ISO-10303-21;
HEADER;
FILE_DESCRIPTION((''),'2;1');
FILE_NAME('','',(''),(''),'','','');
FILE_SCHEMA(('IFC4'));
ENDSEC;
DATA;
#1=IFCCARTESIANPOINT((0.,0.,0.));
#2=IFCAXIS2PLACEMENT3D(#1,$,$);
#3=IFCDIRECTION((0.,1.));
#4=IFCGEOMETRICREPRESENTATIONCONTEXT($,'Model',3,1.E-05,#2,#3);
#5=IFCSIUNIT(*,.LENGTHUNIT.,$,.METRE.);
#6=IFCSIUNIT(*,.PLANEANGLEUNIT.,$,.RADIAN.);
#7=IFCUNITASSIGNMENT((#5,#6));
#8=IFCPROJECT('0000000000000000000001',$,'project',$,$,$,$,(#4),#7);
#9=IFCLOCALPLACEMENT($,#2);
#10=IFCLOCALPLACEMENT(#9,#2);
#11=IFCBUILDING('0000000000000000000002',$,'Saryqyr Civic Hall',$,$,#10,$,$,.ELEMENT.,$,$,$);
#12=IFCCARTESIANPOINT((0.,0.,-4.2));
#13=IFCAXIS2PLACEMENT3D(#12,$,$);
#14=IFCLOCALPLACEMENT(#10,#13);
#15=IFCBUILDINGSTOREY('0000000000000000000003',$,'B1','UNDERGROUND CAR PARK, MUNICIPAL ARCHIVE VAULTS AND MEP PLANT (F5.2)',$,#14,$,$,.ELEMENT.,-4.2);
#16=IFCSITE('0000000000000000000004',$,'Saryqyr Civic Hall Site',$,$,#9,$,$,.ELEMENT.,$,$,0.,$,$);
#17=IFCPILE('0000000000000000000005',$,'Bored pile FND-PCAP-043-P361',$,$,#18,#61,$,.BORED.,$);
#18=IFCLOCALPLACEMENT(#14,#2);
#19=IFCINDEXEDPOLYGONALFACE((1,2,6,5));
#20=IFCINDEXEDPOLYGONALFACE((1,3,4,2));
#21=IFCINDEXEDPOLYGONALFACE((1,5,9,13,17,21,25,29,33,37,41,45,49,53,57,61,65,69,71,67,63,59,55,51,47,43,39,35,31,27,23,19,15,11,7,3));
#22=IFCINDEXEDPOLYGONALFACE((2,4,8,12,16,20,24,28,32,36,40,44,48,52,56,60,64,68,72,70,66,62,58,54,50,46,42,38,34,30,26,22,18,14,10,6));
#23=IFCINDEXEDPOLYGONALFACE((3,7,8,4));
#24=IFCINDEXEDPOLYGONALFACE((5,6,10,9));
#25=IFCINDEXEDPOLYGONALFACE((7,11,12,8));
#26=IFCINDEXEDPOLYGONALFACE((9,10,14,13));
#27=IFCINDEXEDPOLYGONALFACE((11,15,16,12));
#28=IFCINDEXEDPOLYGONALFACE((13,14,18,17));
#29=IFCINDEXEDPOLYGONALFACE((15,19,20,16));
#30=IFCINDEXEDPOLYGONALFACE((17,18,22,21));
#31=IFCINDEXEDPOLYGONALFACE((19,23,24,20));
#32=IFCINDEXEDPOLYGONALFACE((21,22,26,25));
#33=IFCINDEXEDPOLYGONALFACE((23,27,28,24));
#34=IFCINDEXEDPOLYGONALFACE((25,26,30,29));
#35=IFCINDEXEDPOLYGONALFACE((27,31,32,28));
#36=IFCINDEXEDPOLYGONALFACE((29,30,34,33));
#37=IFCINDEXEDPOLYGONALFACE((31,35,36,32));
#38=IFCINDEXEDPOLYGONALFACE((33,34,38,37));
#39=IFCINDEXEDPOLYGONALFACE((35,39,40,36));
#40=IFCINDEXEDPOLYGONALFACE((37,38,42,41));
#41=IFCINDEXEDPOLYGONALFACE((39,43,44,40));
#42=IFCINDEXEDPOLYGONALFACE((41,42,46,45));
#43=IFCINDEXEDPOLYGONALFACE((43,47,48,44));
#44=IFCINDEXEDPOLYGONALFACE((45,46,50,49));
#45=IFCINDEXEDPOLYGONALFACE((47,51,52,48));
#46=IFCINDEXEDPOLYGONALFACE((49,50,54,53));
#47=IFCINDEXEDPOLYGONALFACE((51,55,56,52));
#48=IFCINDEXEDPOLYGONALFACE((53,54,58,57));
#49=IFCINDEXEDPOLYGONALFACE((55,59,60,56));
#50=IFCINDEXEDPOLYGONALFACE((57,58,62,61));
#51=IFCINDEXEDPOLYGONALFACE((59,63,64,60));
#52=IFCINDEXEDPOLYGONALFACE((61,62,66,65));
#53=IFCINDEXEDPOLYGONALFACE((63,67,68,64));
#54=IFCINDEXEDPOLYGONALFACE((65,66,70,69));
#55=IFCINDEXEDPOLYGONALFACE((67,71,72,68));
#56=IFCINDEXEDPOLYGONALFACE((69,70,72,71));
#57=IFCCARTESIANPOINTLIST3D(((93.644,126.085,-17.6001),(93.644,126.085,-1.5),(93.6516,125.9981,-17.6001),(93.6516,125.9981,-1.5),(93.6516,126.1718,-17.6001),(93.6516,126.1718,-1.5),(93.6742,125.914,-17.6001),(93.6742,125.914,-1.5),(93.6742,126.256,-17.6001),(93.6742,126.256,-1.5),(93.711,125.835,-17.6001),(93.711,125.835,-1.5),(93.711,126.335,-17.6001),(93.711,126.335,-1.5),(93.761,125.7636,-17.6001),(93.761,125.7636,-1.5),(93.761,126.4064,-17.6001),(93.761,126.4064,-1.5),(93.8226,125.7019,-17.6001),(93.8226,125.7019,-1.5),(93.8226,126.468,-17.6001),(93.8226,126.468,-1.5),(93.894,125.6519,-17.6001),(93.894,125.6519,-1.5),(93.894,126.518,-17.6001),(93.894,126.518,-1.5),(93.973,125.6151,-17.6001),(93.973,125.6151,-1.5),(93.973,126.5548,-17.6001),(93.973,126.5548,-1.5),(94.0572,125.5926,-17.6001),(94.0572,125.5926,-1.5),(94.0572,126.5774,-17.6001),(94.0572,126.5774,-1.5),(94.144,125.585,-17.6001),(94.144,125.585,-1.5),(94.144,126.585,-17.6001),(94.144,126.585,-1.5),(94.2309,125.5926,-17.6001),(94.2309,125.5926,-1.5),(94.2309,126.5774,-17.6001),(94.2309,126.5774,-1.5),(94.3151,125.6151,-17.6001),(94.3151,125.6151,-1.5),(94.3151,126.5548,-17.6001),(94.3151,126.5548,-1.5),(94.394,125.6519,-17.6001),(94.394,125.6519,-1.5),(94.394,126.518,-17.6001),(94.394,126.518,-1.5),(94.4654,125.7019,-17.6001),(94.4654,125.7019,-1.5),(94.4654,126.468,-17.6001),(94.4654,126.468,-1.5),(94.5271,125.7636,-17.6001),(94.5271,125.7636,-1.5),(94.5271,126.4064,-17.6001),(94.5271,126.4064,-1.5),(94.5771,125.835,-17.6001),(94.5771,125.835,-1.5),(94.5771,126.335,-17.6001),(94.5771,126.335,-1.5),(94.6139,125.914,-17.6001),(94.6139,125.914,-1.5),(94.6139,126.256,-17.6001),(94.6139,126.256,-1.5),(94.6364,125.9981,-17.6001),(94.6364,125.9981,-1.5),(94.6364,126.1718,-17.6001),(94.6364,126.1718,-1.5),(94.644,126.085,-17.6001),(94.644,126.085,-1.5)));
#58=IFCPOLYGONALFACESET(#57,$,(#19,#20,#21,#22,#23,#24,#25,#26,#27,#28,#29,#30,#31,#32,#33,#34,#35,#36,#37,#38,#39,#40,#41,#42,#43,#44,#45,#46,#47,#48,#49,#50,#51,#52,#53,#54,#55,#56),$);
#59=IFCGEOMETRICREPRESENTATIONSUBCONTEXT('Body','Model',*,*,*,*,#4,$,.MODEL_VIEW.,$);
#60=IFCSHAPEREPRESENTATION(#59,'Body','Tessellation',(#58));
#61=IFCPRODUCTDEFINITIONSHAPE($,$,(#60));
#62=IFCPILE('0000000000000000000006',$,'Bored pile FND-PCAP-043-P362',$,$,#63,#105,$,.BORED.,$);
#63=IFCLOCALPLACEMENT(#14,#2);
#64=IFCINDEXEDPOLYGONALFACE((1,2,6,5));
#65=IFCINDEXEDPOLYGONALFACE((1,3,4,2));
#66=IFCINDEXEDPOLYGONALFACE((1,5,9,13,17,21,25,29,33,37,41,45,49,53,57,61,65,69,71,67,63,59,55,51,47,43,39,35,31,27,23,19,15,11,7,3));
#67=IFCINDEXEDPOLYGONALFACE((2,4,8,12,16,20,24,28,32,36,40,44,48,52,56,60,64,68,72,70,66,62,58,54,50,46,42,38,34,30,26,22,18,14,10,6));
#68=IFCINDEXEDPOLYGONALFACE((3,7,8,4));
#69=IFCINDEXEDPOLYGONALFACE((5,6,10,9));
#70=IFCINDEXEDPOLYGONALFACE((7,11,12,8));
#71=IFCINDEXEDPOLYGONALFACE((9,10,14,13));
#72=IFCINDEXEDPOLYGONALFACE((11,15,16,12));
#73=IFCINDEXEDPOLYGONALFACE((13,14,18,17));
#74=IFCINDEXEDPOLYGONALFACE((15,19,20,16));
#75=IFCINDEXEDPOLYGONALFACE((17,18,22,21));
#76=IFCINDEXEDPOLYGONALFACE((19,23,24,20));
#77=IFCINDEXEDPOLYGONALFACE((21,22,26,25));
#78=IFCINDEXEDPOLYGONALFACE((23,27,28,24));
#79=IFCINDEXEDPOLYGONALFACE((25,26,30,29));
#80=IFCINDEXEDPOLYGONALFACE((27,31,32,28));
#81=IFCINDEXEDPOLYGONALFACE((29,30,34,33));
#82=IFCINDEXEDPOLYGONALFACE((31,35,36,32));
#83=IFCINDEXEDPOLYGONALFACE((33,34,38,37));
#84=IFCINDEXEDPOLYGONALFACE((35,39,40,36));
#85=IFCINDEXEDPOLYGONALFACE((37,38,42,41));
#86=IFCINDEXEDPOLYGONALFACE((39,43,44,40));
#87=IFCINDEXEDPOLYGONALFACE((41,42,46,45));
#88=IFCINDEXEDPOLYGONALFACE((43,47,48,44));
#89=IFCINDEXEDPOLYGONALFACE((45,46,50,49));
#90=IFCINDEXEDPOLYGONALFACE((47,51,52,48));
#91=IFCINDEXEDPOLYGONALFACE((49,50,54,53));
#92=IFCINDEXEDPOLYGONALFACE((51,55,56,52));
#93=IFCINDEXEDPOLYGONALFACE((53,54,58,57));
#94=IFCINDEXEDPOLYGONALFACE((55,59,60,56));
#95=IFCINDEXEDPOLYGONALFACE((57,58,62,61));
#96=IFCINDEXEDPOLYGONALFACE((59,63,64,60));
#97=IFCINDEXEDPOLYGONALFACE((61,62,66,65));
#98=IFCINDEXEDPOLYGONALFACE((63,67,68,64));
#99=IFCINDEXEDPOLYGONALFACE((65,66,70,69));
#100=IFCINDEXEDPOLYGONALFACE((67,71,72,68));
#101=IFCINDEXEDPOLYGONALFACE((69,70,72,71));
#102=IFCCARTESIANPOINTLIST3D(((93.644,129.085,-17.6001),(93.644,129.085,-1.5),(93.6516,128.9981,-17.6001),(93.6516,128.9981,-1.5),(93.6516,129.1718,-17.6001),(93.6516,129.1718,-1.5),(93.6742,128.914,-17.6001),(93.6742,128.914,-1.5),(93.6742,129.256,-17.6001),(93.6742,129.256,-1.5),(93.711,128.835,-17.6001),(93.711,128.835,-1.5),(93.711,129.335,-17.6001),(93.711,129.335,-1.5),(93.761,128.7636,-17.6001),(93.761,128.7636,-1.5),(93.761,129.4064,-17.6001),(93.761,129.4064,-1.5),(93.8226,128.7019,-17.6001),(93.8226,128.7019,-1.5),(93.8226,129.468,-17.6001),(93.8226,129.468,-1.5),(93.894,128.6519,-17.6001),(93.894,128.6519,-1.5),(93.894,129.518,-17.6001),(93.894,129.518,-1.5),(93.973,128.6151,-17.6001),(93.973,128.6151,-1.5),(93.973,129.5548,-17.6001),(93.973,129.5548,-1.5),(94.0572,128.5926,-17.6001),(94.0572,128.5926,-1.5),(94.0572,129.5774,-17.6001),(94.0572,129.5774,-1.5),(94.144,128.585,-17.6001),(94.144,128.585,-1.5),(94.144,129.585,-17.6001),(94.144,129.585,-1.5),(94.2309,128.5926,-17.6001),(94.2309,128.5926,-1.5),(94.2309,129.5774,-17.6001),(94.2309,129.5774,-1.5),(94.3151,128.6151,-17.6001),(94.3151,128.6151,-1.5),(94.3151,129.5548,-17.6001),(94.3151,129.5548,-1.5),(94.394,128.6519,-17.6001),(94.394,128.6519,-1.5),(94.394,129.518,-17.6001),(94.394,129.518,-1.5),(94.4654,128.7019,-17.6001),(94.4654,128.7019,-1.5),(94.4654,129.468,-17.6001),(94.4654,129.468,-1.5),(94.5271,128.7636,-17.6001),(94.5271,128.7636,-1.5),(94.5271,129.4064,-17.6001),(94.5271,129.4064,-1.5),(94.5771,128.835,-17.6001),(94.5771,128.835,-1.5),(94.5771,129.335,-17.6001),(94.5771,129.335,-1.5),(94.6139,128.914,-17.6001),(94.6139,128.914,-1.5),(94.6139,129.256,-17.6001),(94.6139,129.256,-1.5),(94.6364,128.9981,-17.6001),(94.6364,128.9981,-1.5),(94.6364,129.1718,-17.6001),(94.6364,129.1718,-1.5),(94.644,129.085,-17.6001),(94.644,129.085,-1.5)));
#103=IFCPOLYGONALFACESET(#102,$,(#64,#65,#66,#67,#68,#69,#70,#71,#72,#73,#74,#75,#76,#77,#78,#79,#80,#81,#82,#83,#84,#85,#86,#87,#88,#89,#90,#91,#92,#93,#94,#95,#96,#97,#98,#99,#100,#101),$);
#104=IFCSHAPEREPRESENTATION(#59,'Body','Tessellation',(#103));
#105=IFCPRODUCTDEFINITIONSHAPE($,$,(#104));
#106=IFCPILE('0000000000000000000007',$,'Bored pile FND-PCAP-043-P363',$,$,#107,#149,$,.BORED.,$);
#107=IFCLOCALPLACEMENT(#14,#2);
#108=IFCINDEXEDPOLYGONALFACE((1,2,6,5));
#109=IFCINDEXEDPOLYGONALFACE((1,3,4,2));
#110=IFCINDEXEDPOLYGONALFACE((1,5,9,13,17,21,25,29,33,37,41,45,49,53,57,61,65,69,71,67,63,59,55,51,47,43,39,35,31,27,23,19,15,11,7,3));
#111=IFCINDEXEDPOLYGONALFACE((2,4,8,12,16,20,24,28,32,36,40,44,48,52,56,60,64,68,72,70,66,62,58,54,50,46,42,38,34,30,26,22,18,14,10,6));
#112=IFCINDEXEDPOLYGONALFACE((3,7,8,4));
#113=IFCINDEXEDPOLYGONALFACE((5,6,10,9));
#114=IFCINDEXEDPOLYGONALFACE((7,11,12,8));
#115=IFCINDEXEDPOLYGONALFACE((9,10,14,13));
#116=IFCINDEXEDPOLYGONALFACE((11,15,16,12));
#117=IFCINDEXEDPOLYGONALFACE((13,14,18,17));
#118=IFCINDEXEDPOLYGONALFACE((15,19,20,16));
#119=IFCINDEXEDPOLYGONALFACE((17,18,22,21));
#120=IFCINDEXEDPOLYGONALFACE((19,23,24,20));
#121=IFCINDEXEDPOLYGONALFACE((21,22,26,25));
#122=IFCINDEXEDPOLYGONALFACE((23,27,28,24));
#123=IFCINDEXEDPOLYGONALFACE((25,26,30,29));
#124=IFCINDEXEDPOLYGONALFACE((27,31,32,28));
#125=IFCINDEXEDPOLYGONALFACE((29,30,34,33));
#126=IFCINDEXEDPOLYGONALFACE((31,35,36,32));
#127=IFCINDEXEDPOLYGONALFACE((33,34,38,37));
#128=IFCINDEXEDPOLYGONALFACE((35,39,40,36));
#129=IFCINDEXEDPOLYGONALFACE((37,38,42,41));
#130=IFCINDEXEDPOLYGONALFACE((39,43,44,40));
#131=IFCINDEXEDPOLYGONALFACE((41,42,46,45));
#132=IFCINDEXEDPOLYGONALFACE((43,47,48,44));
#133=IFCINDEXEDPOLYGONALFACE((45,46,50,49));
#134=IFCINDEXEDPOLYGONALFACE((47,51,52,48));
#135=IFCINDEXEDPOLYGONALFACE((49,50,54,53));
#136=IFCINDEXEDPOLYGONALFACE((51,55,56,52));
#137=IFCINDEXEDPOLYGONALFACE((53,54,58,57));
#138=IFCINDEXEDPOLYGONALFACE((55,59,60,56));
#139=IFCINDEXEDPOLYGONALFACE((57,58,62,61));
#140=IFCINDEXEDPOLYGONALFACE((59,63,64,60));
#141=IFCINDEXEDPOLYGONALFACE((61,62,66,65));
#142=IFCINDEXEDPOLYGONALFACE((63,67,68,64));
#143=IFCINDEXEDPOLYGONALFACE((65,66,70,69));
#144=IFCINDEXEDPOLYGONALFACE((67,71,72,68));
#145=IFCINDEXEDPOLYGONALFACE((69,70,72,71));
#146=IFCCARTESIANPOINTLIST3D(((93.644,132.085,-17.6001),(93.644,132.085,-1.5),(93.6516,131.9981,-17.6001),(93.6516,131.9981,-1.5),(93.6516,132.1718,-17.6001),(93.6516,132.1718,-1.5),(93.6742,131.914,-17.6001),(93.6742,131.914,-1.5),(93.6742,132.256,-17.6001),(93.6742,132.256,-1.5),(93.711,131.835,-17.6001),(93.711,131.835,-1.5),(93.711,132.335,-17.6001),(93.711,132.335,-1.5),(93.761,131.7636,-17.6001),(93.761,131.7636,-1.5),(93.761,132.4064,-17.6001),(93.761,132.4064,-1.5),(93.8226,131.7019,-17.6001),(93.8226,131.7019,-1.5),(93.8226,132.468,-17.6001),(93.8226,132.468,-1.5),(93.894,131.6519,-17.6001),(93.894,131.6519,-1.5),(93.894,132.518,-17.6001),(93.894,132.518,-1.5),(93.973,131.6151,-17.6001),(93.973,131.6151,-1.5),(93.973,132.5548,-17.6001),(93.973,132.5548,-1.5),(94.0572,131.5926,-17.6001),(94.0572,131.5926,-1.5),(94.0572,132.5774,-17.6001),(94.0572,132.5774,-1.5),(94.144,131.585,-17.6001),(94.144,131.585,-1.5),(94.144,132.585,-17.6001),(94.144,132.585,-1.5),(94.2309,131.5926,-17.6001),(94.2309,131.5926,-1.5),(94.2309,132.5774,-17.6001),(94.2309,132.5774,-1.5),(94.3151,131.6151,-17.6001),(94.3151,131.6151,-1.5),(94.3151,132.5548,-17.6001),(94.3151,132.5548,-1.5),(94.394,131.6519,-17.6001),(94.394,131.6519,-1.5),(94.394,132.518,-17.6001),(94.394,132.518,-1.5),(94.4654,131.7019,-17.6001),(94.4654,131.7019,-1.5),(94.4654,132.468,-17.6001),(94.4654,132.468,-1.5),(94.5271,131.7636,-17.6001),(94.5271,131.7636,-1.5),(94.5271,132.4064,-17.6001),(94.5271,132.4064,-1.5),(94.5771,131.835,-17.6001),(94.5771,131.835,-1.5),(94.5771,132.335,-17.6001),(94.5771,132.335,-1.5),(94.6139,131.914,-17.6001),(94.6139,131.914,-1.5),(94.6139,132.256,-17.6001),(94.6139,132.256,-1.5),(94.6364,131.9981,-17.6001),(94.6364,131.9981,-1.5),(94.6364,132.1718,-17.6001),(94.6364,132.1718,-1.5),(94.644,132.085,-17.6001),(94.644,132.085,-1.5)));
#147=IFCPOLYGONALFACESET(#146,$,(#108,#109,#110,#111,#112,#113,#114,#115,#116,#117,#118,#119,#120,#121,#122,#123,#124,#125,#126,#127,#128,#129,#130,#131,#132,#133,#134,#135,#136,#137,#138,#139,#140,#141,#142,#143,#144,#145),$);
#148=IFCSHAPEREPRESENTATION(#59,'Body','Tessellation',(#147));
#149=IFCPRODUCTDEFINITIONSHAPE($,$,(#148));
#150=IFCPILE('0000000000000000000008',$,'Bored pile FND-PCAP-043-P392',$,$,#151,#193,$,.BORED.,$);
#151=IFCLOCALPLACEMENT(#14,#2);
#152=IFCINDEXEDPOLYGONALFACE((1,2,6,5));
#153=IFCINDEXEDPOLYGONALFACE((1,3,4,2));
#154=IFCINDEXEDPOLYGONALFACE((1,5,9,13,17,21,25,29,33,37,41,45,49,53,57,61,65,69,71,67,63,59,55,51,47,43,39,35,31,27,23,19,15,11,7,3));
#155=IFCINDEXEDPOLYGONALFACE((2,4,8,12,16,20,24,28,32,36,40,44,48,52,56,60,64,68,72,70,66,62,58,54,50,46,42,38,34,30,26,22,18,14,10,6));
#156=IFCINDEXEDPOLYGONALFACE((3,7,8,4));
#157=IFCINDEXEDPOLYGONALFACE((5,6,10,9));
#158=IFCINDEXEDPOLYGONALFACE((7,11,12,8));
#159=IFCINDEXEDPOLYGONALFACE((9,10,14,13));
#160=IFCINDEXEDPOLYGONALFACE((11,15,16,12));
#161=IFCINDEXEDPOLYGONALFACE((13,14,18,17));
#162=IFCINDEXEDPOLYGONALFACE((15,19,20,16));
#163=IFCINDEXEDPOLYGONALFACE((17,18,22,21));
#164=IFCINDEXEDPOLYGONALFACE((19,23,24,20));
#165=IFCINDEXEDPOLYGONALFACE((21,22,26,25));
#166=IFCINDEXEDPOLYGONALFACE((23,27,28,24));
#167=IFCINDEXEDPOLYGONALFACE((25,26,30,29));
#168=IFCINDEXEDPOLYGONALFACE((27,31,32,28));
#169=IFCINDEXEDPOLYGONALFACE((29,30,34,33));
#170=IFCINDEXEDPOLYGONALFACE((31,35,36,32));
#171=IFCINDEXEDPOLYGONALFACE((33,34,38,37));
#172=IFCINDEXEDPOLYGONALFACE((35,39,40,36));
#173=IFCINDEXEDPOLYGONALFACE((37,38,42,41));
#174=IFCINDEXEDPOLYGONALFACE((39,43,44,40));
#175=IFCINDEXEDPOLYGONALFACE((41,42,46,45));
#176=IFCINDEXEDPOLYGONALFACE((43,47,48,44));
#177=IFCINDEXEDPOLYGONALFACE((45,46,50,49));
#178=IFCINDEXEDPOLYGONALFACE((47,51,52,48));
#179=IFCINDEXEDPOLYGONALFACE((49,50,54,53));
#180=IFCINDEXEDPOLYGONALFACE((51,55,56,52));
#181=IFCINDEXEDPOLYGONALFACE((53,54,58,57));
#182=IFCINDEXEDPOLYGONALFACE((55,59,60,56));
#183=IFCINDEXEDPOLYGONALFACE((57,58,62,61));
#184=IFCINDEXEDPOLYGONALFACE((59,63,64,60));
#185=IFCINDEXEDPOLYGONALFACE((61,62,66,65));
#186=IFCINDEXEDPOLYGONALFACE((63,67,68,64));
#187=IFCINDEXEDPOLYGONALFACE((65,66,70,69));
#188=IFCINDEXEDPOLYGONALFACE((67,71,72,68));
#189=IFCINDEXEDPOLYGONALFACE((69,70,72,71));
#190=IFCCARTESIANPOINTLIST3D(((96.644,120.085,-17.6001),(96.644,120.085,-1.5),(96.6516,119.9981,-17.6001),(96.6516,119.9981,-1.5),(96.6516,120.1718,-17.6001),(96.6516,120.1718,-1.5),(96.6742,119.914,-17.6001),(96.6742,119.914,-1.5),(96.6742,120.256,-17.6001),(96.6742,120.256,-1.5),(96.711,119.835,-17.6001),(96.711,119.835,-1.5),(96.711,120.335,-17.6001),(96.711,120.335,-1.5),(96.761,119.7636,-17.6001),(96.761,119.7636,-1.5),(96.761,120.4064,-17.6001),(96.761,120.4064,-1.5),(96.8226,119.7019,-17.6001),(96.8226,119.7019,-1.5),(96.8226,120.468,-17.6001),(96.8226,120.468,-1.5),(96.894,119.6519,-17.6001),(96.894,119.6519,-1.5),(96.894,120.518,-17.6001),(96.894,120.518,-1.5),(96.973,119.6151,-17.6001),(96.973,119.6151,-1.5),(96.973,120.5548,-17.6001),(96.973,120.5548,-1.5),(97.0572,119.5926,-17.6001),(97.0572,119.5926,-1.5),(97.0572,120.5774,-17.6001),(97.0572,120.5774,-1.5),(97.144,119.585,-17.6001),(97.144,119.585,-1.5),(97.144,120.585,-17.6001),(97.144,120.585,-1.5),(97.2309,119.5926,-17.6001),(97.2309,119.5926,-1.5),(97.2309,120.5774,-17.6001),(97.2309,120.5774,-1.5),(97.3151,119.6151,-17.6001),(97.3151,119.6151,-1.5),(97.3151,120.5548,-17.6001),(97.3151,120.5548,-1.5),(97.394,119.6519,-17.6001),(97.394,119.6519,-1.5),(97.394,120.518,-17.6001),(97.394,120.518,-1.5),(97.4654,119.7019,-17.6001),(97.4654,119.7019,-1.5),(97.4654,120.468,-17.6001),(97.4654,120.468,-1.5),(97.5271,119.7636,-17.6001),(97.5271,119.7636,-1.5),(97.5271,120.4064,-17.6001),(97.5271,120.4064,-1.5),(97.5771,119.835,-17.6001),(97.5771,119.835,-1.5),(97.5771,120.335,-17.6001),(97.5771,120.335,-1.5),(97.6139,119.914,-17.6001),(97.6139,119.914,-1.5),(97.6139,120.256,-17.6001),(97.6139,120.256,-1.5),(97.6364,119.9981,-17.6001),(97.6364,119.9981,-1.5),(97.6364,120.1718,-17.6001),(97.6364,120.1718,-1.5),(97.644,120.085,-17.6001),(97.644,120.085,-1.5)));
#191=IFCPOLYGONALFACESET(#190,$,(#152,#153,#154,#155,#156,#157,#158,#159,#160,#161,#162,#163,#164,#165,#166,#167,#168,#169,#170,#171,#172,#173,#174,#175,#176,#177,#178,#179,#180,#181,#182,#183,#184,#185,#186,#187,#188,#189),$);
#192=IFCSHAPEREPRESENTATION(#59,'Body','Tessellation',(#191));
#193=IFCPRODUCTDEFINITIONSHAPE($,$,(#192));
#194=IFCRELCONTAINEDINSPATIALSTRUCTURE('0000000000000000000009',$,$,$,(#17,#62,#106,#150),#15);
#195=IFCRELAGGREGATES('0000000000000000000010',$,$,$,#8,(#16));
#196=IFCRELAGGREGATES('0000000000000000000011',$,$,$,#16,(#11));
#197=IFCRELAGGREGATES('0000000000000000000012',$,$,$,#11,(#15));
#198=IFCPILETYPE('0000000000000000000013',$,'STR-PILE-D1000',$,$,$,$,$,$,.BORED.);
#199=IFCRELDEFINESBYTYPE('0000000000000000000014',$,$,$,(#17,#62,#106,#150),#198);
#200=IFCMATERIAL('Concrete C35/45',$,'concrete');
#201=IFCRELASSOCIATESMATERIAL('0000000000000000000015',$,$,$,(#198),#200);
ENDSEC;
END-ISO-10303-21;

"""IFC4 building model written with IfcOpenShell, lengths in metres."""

from ifc_helpers import new_model, si_unit, direction, frame, origin, origin_2d, place, context, subcontext, project, spatial, circle, extrude, material, material_profile, profile_set, type_object, element, save


model = new_model("IFC4")

# Units and contexts
model_context = context("Model", 3, precision=1e-05, world=origin(), true_north=direction((0.0, 1.0)))
body_context = subcontext(model_context, "Body", "Model", "MODEL_VIEW")
ifc_project = project(units=[si_unit("LENGTHUNIT", "METRE"), si_unit("PLANEANGLEUNIT", "RADIAN")], contexts=[model_context])

# Site, building, storey
site_placement = place(None, origin())
site = spatial("IfcSite", under=ifc_project, at=site_placement, Name="Saryqyr Civic Hall Site", CompositionType="ELEMENT", RefElevation=0.0)
building_placement = place(site_placement, origin())
building = spatial("IfcBuilding", under=site, at=building_placement, Name="Saryqyr Civic Hall", CompositionType="ELEMENT")
storey_placement = place(building_placement, frame((0.0, 0.0, -4.2)))
storey = spatial("IfcBuildingStorey", under=building, at=storey_placement, Name="B1", Description="UNDERGROUND CAR PARK, MUNICIPAL ARCHIVE VAULTS AND MEP PLANT (F5.2)", CompositionType="ELEMENT", Elevation=-4.2)

# Piles
ifc_material_1 = material(Name="Concrete C35/45", Category="concrete")
ifc_material_profile_1 = material_profile(ifc_material_1, circle(Radius=0.5, at=origin_2d()), Name="BORED PILE D1000")
ifc_profile_set_1 = profile_set([ifc_material_profile_1], Name="Concrete C35/45")
pile_type = type_object("IfcPileType", Name="STR-PILE-D1000", PredefinedType="BORED", material=ifc_profile_set_1)
for number, where, z_axis, x_axis, name in (
    (1, (94.144, 126.085, -1.5), (0.0, 0.0, -1.0), (1.0, 0.0, 0.0), "Bored pile FND-PCAP-043-P361"),
    (2, (94.144, 129.085, -1.5), (0.0, 0.0, -1.0), (1.0, 0.0, 0.0), "Bored pile FND-PCAP-043-P362"),
    (3, (94.144, 132.085, -1.5), (0.0, 0.0, -1.0), (1.0, 0.0, 0.0), "Bored pile FND-PCAP-043-P363"),
    (4, (97.144, 120.085, -1.5), (0.0, 0.0, -1.0), (1.0, 0.0, 0.0), "Bored pile FND-PCAP-043-P392"),
):
    element("IfcPile", number, at=place(storey_placement, frame(where, z_axis=z_axis, x_axis=x_axis)), inside=storey, type_object=pile_type, Name=name, PredefinedType="BORED", context=body_context, shape_type="SweptSolid", body=[
        extrude(circle(Radius=0.5, at=origin_2d()), origin(), (0.0, 0.0, 1.0), 16.1001),
    ])

save(model, "model.ifc")
